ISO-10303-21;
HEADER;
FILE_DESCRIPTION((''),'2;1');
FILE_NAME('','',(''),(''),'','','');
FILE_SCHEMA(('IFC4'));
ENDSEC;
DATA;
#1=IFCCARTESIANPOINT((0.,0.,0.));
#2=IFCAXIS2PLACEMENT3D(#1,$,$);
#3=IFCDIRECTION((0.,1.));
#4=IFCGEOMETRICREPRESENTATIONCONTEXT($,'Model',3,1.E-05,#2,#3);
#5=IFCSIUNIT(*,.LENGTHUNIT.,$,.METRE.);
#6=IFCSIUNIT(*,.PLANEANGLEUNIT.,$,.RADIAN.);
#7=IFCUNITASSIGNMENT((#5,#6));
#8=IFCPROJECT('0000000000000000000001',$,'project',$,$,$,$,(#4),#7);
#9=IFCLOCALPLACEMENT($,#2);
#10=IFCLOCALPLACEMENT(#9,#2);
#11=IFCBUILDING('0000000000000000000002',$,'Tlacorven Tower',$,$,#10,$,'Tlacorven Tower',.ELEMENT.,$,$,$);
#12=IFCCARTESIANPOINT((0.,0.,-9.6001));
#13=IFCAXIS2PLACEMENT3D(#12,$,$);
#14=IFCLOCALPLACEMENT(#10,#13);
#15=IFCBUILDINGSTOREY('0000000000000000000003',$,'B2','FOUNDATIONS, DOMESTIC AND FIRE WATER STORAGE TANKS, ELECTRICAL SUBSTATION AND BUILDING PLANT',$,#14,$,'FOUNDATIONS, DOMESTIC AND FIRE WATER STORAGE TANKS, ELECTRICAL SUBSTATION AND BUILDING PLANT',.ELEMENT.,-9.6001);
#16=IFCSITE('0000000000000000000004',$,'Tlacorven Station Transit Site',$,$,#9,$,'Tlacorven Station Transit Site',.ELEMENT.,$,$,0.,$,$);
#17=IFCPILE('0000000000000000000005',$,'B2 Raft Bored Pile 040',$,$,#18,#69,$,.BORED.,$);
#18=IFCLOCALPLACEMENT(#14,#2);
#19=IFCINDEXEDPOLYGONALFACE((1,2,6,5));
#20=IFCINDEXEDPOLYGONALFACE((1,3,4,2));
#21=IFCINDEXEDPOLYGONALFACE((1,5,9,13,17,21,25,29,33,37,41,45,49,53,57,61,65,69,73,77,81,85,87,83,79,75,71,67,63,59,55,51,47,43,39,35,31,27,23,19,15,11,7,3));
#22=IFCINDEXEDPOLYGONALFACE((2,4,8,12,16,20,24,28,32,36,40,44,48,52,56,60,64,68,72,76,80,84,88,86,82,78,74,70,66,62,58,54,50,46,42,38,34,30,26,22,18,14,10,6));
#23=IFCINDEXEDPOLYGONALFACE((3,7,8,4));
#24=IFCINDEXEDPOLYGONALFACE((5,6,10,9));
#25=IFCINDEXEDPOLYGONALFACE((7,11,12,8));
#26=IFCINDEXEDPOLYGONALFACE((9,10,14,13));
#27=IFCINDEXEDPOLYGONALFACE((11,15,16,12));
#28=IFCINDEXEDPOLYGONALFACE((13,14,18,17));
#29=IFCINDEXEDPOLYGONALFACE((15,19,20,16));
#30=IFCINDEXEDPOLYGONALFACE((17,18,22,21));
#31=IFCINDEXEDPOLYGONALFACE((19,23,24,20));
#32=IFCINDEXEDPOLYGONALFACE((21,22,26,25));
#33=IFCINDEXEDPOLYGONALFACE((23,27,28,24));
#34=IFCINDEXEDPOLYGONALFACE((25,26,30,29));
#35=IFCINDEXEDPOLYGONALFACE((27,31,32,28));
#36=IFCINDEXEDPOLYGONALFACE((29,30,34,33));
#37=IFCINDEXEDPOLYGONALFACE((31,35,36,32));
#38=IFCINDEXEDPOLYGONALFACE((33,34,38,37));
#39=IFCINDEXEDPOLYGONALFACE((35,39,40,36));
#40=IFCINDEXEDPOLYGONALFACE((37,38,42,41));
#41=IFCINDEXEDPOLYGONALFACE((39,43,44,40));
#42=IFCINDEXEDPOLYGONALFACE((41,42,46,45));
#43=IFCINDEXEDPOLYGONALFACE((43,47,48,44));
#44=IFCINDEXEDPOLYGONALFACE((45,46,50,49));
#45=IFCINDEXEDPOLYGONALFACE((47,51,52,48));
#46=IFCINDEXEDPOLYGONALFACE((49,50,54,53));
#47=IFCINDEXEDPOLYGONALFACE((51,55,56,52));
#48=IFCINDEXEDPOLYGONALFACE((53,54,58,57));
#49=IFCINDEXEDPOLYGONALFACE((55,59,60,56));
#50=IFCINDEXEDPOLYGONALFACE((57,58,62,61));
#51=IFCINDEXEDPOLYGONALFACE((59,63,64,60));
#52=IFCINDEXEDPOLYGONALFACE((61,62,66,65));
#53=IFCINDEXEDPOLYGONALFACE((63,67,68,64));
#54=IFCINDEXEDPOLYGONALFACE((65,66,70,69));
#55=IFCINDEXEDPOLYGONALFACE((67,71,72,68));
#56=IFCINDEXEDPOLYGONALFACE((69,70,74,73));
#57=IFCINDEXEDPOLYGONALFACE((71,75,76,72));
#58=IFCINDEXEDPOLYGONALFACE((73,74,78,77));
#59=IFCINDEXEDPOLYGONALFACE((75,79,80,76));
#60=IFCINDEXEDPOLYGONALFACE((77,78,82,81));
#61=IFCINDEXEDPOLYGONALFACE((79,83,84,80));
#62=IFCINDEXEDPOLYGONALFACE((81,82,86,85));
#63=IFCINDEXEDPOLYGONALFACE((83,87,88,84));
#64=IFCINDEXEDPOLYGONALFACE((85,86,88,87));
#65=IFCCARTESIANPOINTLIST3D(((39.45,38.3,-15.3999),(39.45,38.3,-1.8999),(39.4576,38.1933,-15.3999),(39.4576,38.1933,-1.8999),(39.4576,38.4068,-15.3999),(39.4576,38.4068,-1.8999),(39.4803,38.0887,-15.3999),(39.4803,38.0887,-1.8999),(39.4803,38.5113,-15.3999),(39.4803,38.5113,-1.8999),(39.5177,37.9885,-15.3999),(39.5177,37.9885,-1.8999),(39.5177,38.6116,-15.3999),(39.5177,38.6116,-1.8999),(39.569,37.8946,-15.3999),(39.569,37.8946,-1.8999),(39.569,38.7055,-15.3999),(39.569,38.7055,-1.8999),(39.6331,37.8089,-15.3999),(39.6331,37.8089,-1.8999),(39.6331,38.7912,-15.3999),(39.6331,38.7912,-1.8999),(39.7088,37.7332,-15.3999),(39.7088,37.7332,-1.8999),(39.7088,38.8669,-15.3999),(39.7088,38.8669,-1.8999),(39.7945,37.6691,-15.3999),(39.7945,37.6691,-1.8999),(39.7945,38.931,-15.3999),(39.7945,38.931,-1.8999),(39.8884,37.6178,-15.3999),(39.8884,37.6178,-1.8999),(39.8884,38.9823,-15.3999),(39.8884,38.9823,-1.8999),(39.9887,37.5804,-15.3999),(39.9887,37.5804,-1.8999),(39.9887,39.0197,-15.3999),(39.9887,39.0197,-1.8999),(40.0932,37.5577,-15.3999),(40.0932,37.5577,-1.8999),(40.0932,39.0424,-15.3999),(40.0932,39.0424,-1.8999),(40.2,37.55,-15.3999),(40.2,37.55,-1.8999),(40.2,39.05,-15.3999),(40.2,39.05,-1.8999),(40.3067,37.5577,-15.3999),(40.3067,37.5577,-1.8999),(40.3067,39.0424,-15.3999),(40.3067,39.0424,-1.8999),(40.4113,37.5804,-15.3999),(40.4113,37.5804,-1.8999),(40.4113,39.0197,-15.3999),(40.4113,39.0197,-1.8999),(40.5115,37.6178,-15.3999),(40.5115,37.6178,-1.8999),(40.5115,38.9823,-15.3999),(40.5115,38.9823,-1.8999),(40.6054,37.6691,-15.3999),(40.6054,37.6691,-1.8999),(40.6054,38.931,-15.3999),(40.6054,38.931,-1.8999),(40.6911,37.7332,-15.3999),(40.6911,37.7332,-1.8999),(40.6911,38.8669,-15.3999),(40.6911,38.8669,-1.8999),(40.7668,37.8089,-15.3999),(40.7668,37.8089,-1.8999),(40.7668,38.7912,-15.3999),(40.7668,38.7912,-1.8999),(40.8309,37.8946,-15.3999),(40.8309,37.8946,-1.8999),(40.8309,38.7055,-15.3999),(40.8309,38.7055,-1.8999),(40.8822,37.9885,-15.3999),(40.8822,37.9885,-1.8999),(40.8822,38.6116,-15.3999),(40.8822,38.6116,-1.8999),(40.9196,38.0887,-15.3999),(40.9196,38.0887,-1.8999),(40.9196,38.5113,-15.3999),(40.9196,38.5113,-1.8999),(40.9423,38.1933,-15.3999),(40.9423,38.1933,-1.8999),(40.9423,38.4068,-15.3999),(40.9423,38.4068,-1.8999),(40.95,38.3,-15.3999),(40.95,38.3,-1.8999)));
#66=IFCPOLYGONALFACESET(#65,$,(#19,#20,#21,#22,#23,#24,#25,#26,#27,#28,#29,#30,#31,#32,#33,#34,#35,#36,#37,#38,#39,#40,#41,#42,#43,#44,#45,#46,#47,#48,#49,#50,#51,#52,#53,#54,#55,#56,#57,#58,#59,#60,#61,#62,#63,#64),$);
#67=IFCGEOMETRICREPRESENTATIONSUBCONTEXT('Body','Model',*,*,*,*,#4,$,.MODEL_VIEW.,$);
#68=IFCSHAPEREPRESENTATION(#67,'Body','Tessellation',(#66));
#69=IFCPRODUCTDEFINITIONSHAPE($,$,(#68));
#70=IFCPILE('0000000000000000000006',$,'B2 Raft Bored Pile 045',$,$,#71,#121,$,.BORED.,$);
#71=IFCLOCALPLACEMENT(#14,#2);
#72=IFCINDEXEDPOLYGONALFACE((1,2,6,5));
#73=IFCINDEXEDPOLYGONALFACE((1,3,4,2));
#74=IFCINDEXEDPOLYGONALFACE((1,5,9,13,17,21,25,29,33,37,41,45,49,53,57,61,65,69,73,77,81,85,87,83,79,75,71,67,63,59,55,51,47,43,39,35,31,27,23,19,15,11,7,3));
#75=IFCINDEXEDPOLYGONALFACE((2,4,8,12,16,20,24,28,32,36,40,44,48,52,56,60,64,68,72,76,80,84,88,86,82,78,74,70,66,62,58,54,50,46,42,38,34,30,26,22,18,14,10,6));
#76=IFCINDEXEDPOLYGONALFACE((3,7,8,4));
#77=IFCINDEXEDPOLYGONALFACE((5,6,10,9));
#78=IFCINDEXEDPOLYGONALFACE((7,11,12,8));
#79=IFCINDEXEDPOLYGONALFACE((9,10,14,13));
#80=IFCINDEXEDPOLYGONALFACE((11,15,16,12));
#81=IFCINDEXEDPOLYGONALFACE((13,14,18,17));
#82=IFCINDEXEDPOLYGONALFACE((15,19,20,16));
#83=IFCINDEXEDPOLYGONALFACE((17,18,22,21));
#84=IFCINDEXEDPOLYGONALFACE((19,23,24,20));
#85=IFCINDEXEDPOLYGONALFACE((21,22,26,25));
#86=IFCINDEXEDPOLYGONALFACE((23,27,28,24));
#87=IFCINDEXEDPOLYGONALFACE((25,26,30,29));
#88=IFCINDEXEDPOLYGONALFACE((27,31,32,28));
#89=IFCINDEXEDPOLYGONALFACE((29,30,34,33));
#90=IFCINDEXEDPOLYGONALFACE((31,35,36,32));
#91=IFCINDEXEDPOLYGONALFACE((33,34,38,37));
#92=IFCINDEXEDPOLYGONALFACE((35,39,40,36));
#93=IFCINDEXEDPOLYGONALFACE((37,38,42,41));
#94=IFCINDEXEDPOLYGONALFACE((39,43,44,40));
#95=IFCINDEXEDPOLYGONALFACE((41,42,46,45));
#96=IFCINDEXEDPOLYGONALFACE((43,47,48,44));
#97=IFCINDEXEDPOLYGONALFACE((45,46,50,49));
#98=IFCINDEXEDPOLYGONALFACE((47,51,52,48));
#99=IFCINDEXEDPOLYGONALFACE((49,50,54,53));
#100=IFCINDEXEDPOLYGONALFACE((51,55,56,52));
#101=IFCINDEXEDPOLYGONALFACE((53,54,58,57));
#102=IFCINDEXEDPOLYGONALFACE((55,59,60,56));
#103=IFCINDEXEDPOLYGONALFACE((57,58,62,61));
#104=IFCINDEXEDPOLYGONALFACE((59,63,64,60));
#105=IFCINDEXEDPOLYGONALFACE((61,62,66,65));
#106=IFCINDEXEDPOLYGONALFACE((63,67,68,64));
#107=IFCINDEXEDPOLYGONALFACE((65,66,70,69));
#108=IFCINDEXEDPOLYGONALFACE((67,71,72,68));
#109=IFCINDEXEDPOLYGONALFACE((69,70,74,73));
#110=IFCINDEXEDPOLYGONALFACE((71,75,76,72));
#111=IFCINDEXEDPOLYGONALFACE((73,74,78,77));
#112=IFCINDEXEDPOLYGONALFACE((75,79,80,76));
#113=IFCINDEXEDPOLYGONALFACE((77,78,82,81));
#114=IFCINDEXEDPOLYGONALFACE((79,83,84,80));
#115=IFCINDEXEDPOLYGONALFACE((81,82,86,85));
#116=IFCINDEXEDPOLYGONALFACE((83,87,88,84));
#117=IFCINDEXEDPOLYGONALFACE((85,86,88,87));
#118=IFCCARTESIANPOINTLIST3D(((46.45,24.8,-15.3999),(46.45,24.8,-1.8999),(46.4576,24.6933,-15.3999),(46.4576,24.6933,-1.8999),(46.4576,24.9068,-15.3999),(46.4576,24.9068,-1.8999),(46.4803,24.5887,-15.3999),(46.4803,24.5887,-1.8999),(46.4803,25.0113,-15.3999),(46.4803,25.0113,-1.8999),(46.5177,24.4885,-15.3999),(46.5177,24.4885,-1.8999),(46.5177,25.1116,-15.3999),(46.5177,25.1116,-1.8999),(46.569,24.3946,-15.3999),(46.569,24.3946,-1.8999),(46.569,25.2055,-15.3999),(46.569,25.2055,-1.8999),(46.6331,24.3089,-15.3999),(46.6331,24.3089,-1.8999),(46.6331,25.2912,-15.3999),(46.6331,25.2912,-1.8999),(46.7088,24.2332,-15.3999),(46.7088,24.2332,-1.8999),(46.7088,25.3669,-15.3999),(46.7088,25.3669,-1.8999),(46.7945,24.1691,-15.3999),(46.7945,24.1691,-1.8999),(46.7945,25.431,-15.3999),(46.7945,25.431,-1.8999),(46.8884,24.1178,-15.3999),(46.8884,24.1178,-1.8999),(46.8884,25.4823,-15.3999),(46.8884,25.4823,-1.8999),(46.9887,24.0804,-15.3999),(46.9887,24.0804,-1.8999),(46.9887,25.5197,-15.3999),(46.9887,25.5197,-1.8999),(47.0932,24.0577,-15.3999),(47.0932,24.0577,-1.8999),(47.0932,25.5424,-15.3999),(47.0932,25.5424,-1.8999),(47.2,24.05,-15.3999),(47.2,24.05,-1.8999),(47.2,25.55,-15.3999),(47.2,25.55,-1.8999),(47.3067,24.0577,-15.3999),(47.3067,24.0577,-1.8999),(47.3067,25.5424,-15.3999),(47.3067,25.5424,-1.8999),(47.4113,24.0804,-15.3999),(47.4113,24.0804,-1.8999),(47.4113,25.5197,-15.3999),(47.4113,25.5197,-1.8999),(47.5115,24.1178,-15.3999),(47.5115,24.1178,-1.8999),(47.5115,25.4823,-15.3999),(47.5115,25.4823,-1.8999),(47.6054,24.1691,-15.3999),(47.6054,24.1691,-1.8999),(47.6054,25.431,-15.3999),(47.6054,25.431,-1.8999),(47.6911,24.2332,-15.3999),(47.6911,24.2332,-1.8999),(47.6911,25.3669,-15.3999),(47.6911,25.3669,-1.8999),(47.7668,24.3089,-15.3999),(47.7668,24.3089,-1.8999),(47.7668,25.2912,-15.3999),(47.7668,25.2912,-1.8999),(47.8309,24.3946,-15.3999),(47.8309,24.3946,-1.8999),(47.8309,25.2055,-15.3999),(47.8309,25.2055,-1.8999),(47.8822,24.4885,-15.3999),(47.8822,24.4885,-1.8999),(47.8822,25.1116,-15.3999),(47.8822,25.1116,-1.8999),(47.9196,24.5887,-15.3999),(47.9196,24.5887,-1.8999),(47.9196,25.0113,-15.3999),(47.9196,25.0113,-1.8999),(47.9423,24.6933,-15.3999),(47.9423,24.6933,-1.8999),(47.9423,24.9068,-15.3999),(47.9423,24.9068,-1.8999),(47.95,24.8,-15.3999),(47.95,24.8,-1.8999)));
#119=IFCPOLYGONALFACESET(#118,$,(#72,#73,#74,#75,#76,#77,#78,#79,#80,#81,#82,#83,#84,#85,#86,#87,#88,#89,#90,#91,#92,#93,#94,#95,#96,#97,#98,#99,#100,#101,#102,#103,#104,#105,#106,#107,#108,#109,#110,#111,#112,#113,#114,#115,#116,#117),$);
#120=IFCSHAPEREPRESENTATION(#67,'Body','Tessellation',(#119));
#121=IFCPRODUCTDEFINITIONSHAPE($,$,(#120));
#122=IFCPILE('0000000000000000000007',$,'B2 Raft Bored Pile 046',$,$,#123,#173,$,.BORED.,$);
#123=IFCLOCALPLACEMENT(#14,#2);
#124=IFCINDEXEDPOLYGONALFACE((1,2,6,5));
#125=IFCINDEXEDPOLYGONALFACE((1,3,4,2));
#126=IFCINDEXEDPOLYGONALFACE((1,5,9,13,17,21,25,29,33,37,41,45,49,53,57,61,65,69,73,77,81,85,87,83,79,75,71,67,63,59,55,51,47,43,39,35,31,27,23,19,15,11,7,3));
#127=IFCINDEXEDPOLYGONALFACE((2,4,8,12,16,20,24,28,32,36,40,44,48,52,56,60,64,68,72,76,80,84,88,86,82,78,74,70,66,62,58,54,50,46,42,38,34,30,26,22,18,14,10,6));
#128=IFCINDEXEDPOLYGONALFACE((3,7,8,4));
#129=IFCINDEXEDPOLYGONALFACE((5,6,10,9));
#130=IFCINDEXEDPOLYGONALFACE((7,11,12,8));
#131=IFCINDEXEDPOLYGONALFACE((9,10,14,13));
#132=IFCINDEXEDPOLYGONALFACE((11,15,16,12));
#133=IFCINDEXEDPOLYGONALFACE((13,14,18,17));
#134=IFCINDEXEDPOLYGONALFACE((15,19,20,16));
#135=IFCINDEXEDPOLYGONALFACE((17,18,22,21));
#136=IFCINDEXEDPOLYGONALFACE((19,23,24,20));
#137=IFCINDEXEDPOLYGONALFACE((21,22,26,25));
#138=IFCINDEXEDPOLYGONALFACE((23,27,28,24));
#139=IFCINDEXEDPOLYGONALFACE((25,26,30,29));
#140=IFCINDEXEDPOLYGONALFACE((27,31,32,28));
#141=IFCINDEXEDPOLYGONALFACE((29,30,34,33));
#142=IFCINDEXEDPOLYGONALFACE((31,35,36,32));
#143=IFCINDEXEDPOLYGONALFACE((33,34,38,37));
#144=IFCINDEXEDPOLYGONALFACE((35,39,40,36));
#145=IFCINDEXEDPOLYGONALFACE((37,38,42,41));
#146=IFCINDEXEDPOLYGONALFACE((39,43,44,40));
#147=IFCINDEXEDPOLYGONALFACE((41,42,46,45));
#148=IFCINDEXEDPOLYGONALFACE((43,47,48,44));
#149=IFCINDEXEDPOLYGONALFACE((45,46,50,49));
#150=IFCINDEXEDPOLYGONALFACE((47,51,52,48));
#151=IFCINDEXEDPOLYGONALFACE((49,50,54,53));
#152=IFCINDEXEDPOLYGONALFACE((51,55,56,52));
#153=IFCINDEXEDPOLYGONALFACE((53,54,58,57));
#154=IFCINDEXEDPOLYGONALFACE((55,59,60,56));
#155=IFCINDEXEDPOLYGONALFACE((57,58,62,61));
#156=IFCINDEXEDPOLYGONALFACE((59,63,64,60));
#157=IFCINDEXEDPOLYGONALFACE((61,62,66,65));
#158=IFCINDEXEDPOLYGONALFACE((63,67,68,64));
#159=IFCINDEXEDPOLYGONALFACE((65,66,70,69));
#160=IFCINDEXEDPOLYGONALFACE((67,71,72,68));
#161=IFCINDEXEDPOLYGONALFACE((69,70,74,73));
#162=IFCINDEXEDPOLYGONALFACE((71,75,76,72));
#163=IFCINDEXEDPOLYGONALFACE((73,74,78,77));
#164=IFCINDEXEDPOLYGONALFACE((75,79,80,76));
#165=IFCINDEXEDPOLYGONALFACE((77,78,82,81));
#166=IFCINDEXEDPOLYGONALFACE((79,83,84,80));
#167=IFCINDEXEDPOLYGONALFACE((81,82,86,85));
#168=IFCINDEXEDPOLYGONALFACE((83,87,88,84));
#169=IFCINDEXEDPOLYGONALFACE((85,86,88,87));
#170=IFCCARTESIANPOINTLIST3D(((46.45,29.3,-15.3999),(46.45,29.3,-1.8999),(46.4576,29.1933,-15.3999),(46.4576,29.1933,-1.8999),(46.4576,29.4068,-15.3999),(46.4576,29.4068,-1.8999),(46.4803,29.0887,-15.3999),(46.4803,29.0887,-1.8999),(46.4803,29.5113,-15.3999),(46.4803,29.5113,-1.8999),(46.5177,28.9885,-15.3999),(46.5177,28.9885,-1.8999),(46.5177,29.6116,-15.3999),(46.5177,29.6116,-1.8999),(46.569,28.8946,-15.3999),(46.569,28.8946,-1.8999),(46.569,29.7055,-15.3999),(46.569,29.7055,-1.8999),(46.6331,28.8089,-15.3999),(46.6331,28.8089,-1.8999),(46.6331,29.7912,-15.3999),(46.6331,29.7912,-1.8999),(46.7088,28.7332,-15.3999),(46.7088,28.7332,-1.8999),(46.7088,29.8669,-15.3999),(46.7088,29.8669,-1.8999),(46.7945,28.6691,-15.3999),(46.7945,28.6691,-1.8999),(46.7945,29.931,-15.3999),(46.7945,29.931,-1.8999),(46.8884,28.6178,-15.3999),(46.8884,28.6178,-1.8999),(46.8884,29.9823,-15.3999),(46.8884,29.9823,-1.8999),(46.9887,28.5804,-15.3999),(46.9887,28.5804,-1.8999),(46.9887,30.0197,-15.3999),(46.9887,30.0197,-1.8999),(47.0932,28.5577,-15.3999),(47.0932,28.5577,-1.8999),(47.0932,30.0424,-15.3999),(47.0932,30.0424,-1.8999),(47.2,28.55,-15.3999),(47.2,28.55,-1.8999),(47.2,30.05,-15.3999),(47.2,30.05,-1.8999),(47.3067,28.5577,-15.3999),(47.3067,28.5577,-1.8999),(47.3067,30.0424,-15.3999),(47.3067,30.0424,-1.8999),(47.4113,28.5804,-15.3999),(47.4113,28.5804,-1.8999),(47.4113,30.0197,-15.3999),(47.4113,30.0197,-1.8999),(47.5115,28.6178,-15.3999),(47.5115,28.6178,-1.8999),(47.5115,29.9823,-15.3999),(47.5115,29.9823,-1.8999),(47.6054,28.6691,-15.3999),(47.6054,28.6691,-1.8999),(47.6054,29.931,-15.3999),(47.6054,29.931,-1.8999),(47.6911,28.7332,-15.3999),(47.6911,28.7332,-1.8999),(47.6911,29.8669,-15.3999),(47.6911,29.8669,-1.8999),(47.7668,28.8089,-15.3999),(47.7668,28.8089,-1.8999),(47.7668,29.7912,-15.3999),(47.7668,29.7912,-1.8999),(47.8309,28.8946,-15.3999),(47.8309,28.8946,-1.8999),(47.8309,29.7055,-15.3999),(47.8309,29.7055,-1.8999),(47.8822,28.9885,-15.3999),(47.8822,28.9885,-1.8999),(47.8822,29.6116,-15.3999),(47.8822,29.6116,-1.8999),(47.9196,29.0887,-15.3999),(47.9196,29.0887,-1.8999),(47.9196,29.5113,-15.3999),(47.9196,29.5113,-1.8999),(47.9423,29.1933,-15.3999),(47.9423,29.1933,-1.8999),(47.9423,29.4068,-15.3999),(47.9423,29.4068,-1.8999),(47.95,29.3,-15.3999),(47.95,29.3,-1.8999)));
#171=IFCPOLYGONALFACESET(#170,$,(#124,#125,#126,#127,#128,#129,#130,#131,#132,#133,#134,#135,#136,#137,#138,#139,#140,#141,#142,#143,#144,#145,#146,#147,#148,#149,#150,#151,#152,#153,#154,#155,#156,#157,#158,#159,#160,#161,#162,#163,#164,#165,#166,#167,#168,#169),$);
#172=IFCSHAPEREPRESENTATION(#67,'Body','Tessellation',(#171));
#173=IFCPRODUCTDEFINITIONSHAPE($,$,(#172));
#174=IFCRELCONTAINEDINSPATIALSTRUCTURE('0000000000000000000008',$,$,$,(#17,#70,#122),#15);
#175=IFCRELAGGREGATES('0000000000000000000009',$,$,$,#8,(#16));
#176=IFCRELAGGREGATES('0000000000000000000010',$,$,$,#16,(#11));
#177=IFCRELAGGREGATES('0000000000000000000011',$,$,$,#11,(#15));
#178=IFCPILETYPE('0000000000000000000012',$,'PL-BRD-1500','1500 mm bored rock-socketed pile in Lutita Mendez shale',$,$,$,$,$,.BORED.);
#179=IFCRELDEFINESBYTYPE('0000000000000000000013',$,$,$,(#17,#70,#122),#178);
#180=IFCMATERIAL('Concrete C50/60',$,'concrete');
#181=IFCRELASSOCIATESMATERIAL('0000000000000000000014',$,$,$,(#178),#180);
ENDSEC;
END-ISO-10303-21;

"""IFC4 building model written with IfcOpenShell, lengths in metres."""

from ifc_helpers import new_model, si_unit, direction, frame, origin, origin_2d, place, context, subcontext, project, spatial, circle, extrude, source, transform, mapped, material, material_profile, profile_set, type_object, element, save


model = new_model("IFC4")

# Units and contexts
model_context = context("Model", 3, precision=1e-05, world=origin(), true_north=direction((0.0, 1.0)))
body_context = subcontext(model_context, "Body", "Model", "MODEL_VIEW")
ifc_project = project(units=[si_unit("LENGTHUNIT", "METRE"), si_unit("PLANEANGLEUNIT", "RADIAN")], contexts=[model_context])

# Site, building, storey
site_placement = place(None, origin())
site = spatial("IfcSite", under=ifc_project, at=site_placement, Name="Tlacorven Station Transit Site", LongName="Tlacorven Station Transit Site", CompositionType="ELEMENT", RefElevation=0.0)
building_placement = place(site_placement, origin())
building = spatial("IfcBuilding", under=site, at=building_placement, Name="Tlacorven Tower", LongName="Tlacorven Tower", CompositionType="ELEMENT")
storey_placement = place(building_placement, frame((0.0, 0.0, -9.6001)))
storey = spatial("IfcBuildingStorey", under=building, at=storey_placement, Name="B2", Description="FOUNDATIONS, DOMESTIC AND FIRE WATER STORAGE TANKS, ELECTRICAL SUBSTATION AND BUILDING PLANT", LongName="FOUNDATIONS, DOMESTIC AND FIRE WATER STORAGE TANKS, ELECTRICAL SUBSTATION AND BUILDING PLANT", CompositionType="ELEMENT", Elevation=-9.6001)

# Piles
ifc_material_1 = material(Name="Concrete C50/60", Category="concrete")
ifc_material_profile_1 = material_profile(ifc_material_1, circle(Radius=0.75, at=origin_2d()), Name="BORED PILE D1500")
ifc_profile_set_1 = profile_set([ifc_material_profile_1], Name="Concrete C50/60")
pile_type_1 = type_object("IfcPileType", Name="PL-BRD-1500", Description="1500 mm bored rock-socketed pile in Lutita Mendez shale", PredefinedType="BORED", material=ifc_profile_set_1)
shared_shape_1 = source(origin(), body_context, "Body", "SweptSolid", [
    extrude(circle(Radius=0.75, at=origin_2d()), origin(), (0.0, 0.0, 1.0), 13.5),
])
for number, where, z_axis, x_axis, name in (
    (1, (40.2, 38.3, -1.8999), (0.0, 0.0, -1.0), (1.0, 0.0, 0.0), "B2 Raft Bored Pile 040"),
    (2, (47.2, 24.8, -1.8999), (0.0, 0.0, -1.0), (1.0, 0.0, 0.0), "B2 Raft Bored Pile 045"),
    (3, (47.2, 29.3, -1.8999), (0.0, 0.0, -1.0), (1.0, 0.0, 0.0), "B2 Raft Bored Pile 046"),
):
    element("IfcPile", number, at=place(storey_placement, frame(where, z_axis=z_axis, x_axis=x_axis)), inside=storey, type_object=pile_type_1, Name=name, PredefinedType="BORED", context=body_context, shape_type="MappedRepresentation", body=[
        mapped(shared_shape_1, transform((0.0, 0.0, 0.0), scale=1.0)),
    ])

save(model, "model.ifc")
